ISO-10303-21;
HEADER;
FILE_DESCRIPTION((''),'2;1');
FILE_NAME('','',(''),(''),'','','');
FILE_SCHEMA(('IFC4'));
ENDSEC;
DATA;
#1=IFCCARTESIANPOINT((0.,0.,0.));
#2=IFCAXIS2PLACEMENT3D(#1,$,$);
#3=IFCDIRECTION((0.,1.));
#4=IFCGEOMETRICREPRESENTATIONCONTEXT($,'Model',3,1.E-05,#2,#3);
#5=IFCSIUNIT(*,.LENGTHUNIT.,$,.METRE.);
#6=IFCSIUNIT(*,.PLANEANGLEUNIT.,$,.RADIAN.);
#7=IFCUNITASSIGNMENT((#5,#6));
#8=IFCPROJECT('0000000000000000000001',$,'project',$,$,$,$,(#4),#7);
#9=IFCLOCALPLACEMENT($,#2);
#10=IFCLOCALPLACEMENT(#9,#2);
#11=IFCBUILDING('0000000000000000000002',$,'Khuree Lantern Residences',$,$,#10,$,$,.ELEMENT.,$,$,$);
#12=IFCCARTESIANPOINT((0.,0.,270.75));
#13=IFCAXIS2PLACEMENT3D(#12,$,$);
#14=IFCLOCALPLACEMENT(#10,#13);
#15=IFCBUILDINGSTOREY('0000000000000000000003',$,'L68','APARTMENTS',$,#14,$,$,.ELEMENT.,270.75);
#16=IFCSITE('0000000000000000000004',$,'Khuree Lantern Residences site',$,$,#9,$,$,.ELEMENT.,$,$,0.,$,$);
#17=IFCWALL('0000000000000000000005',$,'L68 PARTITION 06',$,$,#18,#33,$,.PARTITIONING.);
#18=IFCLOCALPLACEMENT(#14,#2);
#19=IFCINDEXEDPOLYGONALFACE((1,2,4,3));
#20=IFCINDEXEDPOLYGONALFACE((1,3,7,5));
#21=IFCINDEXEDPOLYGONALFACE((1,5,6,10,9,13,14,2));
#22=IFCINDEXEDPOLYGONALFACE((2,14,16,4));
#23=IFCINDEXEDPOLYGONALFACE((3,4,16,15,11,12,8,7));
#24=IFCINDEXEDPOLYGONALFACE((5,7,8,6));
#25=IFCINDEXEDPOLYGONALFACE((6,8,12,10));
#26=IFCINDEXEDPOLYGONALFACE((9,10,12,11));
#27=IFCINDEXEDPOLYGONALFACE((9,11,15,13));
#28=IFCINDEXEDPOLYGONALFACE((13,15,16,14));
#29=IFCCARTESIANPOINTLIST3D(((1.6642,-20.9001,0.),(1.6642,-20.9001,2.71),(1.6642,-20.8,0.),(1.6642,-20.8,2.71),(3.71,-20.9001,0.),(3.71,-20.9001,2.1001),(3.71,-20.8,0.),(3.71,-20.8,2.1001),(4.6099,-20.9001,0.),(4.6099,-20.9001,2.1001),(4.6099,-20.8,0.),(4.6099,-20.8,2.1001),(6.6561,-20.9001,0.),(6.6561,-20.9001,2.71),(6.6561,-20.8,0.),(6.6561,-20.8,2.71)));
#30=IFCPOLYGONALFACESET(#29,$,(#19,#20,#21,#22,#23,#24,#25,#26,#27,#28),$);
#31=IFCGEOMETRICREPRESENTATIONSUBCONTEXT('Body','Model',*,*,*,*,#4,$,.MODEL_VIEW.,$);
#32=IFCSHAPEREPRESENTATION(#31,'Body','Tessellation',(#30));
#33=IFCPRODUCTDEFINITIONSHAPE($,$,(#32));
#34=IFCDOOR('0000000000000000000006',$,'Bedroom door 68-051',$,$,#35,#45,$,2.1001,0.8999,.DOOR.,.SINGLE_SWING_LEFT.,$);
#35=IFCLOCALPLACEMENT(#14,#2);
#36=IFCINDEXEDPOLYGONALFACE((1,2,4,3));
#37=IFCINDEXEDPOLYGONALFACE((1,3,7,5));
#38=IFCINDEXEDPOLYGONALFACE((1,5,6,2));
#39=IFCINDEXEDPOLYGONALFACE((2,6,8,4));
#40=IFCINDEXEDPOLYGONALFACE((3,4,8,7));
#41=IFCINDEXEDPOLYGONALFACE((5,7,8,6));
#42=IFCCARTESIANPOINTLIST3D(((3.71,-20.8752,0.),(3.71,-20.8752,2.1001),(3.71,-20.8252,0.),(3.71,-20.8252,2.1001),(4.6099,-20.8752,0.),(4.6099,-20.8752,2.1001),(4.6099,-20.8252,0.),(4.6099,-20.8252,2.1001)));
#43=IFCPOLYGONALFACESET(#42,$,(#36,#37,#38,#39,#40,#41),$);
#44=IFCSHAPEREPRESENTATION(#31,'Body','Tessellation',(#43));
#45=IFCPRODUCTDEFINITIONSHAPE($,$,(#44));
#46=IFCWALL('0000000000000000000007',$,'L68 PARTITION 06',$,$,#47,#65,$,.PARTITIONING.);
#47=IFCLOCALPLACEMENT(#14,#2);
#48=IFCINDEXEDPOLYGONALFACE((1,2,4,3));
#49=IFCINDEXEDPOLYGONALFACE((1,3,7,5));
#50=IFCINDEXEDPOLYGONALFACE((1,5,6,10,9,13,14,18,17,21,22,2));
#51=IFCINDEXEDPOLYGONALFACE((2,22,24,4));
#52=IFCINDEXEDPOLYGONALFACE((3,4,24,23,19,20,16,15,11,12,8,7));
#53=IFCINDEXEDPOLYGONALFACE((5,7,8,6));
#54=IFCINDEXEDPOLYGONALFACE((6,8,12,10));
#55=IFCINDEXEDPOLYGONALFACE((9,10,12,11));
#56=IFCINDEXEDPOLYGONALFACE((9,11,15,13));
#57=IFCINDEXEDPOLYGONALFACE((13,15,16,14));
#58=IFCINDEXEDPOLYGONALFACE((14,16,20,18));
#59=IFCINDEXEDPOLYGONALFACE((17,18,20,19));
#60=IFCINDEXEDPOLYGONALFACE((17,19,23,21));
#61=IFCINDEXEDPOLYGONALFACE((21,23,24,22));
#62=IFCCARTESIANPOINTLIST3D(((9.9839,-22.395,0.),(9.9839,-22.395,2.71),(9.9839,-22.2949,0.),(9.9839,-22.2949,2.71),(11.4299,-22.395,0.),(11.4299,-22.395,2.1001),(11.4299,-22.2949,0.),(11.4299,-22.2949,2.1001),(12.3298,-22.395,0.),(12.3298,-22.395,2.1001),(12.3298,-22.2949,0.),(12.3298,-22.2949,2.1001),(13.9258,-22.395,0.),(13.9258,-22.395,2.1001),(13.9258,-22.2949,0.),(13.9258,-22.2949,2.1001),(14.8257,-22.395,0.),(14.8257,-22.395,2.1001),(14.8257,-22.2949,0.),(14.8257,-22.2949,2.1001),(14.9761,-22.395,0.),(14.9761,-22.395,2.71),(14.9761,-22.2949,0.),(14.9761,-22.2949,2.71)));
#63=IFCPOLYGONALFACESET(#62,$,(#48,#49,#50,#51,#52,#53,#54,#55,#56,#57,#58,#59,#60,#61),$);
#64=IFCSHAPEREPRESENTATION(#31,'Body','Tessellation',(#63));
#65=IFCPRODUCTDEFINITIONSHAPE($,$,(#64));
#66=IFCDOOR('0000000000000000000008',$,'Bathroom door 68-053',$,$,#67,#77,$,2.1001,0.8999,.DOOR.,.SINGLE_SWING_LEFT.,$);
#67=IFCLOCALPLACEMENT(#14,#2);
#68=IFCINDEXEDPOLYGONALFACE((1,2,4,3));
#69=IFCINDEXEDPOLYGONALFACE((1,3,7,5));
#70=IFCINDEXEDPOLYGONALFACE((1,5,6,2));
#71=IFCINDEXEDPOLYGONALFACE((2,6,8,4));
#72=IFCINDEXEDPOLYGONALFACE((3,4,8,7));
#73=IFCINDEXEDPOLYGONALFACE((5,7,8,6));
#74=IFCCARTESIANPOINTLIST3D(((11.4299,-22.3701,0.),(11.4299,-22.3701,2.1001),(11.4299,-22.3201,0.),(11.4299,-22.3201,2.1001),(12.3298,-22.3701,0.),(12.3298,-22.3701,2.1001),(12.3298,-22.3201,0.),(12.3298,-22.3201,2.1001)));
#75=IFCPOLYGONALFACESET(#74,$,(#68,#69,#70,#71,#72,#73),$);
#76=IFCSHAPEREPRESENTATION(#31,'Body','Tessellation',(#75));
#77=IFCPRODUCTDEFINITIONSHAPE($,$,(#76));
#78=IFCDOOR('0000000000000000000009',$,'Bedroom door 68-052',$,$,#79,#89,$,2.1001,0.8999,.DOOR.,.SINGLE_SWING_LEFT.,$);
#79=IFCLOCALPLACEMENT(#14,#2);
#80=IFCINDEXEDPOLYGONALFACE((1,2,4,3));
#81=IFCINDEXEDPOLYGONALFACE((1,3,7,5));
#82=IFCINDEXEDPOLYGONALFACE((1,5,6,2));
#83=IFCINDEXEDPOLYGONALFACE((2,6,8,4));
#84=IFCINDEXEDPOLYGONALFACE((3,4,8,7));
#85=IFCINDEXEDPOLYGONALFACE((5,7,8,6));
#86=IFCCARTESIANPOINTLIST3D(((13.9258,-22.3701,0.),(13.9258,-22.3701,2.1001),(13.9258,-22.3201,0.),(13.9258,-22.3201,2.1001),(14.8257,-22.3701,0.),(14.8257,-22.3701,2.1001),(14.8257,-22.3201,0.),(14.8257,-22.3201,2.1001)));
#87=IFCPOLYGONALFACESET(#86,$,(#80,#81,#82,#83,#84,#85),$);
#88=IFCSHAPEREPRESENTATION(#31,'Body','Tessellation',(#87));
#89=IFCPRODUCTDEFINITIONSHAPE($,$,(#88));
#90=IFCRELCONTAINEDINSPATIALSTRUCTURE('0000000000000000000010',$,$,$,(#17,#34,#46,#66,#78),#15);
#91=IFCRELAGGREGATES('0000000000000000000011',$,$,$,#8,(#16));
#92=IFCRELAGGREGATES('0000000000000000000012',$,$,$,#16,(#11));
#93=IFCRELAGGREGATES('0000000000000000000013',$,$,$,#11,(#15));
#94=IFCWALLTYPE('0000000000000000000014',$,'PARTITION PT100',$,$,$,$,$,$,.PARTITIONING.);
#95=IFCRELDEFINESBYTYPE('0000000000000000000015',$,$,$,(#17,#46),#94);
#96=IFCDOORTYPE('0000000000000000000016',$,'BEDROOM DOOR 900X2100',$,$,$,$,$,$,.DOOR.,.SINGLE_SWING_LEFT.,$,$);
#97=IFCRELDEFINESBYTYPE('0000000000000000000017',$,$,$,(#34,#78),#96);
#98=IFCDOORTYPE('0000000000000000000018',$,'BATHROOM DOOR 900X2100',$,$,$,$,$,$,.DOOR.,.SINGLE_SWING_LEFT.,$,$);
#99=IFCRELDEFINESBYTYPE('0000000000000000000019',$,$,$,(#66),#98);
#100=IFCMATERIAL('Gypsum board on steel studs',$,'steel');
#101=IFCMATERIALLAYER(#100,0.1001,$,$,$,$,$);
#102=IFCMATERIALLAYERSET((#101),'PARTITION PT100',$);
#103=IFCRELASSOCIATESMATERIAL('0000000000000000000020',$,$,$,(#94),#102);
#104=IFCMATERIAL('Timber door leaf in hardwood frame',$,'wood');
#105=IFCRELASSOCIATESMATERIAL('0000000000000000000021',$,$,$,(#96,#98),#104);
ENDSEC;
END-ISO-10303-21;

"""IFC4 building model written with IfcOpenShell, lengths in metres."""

from ifc_helpers import new_model, si_unit, direction, frame, frame_2d, origin, place, context, subcontext, project, spatial, rectangle, extrude, material, layer, layer_set, type_object, element, fill, save


model = new_model("IFC4")

# Units and contexts
model_context = context("Model", 3, precision=1e-05, world=origin(), true_north=direction((0.0, 1.0)))
body_context = subcontext(model_context, "Body", "Model", "MODEL_VIEW")
ifc_project = project(units=[si_unit("LENGTHUNIT", "METRE"), si_unit("PLANEANGLEUNIT", "RADIAN")], contexts=[model_context])

# Site, building, storey
site_placement = place(None, origin())
site = spatial("IfcSite", under=ifc_project, at=site_placement, Name="Khuree Lantern Residences site", CompositionType="ELEMENT", RefElevation=0.0)
building_placement = place(site_placement, origin())
building = spatial("IfcBuilding", under=site, at=building_placement, Name="Khuree Lantern Residences", CompositionType="ELEMENT")
storey_placement = place(building_placement, frame((0.0, 0.0, 270.75)))
storey = spatial("IfcBuildingStorey", under=building, at=storey_placement, Name="L68", Description="APARTMENTS", CompositionType="ELEMENT", Elevation=270.75)

# Shared definitions
ifc_material_1 = material(Name="Gypsum board on steel studs", Category="steel")
ifc_layer_1 = layer(ifc_material_1, 0.1001)
ifc_layer_set_1 = layer_set([ifc_layer_1], Name="PARTITION PT100")
wall_type = type_object("IfcWallType", Name="PARTITION PT100", PredefinedType="PARTITIONING", material=ifc_layer_set_1)

# Wall, opening, door
wall_1_placement = place(storey_placement, frame((1.6641, -20.8501, 0.0), z_axis=(0.0, 0.0, 1.0), x_axis=(1.0, 0.0, 0.0)))
wall_1 = element("IfcWall", 1, at=wall_1_placement, inside=storey, type_object=wall_type, Name="L68 PARTITION 06", PredefinedType="PARTITIONING", context=body_context, shape_type="SweptSolid", body=[
    extrude(rectangle(XDim=4.9919, YDim=0.1001, at=frame_2d((2.4961, 0.0))), origin(), (0.0, 0.0, 1.0), 2.71),
])
opening_1_placement = place(wall_1_placement, frame((2.0459, 0.0, 0.0)))
opening_1 = element("IfcOpeningElement", 2, at=opening_1_placement, cuts=wall_1, PredefinedType="OPENING", context=body_context, shape_type="SweptSolid", body=[
    extrude(rectangle(XDim=0.8999, YDim=2.1001, at=frame_2d((0.45, 1.05))), frame((0.0, 0.0601, 0.0), z_axis=(0.0, -1.0, 0.0), x_axis=(1.0, 0.0, 0.0)), (0.0, 0.0, 1.0), 0.1201),
])
ifc_material_2 = material(Name="Timber door leaf in hardwood frame", Category="wood")
door_type_1 = type_object("IfcDoorType", Name="BEDROOM DOOR 900X2100", OperationType="SINGLE_SWING_LEFT", PredefinedType="DOOR", material=ifc_material_2)
door_1_placement = place(opening_1_placement, origin())
door_1 = element("IfcDoor", 3, at=door_1_placement, inside=storey, type_object=door_type_1, Name="Bedroom door 68-051", OperationType="SINGLE_SWING_LEFT", OverallHeight=2.1001, OverallWidth=0.8999, PredefinedType="DOOR", context=body_context, shape_type="SweptSolid", body=[
    extrude(rectangle(XDim=0.8999, YDim=2.1001, at=frame_2d((0.45, 1.05))), frame((0.0, 0.0249, 0.0), z_axis=(0.0, -1.0, 0.0), x_axis=(1.0, 0.0, 0.0)), (0.0, 0.0, 1.0), 0.05),
])
fill(opening_1, door_1)

# Wall, openings, doors
wall_2_placement = place(storey_placement, frame((9.9839, -22.345, 0.0), z_axis=(0.0, 0.0, 1.0), x_axis=(1.0, 0.0, 0.0)))
wall_2 = element("IfcWall", 4, at=wall_2_placement, inside=storey, type_object=wall_type, Name="L68 PARTITION 06", PredefinedType="PARTITIONING", context=body_context, shape_type="SweptSolid", body=[
    extrude(rectangle(XDim=4.9922, YDim=0.1001, at=frame_2d((2.4961, 0.0))), origin(), (0.0, 0.0, 1.0), 2.71),
])
opening_2_placement = place(wall_2_placement, frame((3.9419, 0.0, 0.0)))
opening_2 = element("IfcOpeningElement", 5, at=opening_2_placement, cuts=wall_2, PredefinedType="OPENING", context=body_context, shape_type="SweptSolid", body=[
    extrude(rectangle(XDim=0.8999, YDim=2.1001, at=frame_2d((0.45, 1.05))), frame((0.0, 0.0601, 0.0), z_axis=(0.0, -1.0, 0.0), x_axis=(1.0, 0.0, 0.0)), (0.0, 0.0, 1.0), 0.1201),
])
opening_3_placement = place(wall_2_placement, frame((1.446, 0.0, 0.0)))
opening_3 = element("IfcOpeningElement", 6, at=opening_3_placement, cuts=wall_2, PredefinedType="OPENING", context=body_context, shape_type="SweptSolid", body=[
    extrude(rectangle(XDim=0.8999, YDim=2.1001, at=frame_2d((0.45, 1.05))), frame((0.0, 0.0601, 0.0), z_axis=(0.0, -1.0, 0.0), x_axis=(1.0, 0.0, 0.0)), (0.0, 0.0, 1.0), 0.1201),
])
door_type_2 = type_object("IfcDoorType", Name="BATHROOM DOOR 900X2100", OperationType="SINGLE_SWING_LEFT", PredefinedType="DOOR", material=ifc_material_2)
door_2_placement = place(opening_3_placement, origin())
door_2 = element("IfcDoor", 7, at=door_2_placement, inside=storey, type_object=door_type_2, Name="Bathroom door 68-053", OperationType="SINGLE_SWING_LEFT", OverallHeight=2.1001, OverallWidth=0.8999, PredefinedType="DOOR", context=body_context, shape_type="SweptSolid", body=[
    extrude(rectangle(XDim=0.8999, YDim=2.1001, at=frame_2d((0.45, 1.05))), frame((0.0, 0.0249, 0.0), z_axis=(0.0, -1.0, 0.0), x_axis=(1.0, 0.0, 0.0)), (0.0, 0.0, 1.0), 0.05),
])
fill(opening_3, door_2)
door_3_placement = place(opening_2_placement, origin())
door_3 = element("IfcDoor", 8, at=door_3_placement, inside=storey, type_object=door_type_1, Name="Bedroom door 68-052", OperationType="SINGLE_SWING_LEFT", OverallHeight=2.1001, OverallWidth=0.8999, PredefinedType="DOOR", context=body_context, shape_type="SweptSolid", body=[
    extrude(rectangle(XDim=0.8999, YDim=2.1001, at=frame_2d((0.45, 1.05))), frame((0.0, 0.0249, 0.0), z_axis=(0.0, -1.0, 0.0), x_axis=(1.0, 0.0, 0.0)), (0.0, 0.0, 1.0), 0.05),
])
fill(opening_2, door_3)

save(model, "model.ifc")
